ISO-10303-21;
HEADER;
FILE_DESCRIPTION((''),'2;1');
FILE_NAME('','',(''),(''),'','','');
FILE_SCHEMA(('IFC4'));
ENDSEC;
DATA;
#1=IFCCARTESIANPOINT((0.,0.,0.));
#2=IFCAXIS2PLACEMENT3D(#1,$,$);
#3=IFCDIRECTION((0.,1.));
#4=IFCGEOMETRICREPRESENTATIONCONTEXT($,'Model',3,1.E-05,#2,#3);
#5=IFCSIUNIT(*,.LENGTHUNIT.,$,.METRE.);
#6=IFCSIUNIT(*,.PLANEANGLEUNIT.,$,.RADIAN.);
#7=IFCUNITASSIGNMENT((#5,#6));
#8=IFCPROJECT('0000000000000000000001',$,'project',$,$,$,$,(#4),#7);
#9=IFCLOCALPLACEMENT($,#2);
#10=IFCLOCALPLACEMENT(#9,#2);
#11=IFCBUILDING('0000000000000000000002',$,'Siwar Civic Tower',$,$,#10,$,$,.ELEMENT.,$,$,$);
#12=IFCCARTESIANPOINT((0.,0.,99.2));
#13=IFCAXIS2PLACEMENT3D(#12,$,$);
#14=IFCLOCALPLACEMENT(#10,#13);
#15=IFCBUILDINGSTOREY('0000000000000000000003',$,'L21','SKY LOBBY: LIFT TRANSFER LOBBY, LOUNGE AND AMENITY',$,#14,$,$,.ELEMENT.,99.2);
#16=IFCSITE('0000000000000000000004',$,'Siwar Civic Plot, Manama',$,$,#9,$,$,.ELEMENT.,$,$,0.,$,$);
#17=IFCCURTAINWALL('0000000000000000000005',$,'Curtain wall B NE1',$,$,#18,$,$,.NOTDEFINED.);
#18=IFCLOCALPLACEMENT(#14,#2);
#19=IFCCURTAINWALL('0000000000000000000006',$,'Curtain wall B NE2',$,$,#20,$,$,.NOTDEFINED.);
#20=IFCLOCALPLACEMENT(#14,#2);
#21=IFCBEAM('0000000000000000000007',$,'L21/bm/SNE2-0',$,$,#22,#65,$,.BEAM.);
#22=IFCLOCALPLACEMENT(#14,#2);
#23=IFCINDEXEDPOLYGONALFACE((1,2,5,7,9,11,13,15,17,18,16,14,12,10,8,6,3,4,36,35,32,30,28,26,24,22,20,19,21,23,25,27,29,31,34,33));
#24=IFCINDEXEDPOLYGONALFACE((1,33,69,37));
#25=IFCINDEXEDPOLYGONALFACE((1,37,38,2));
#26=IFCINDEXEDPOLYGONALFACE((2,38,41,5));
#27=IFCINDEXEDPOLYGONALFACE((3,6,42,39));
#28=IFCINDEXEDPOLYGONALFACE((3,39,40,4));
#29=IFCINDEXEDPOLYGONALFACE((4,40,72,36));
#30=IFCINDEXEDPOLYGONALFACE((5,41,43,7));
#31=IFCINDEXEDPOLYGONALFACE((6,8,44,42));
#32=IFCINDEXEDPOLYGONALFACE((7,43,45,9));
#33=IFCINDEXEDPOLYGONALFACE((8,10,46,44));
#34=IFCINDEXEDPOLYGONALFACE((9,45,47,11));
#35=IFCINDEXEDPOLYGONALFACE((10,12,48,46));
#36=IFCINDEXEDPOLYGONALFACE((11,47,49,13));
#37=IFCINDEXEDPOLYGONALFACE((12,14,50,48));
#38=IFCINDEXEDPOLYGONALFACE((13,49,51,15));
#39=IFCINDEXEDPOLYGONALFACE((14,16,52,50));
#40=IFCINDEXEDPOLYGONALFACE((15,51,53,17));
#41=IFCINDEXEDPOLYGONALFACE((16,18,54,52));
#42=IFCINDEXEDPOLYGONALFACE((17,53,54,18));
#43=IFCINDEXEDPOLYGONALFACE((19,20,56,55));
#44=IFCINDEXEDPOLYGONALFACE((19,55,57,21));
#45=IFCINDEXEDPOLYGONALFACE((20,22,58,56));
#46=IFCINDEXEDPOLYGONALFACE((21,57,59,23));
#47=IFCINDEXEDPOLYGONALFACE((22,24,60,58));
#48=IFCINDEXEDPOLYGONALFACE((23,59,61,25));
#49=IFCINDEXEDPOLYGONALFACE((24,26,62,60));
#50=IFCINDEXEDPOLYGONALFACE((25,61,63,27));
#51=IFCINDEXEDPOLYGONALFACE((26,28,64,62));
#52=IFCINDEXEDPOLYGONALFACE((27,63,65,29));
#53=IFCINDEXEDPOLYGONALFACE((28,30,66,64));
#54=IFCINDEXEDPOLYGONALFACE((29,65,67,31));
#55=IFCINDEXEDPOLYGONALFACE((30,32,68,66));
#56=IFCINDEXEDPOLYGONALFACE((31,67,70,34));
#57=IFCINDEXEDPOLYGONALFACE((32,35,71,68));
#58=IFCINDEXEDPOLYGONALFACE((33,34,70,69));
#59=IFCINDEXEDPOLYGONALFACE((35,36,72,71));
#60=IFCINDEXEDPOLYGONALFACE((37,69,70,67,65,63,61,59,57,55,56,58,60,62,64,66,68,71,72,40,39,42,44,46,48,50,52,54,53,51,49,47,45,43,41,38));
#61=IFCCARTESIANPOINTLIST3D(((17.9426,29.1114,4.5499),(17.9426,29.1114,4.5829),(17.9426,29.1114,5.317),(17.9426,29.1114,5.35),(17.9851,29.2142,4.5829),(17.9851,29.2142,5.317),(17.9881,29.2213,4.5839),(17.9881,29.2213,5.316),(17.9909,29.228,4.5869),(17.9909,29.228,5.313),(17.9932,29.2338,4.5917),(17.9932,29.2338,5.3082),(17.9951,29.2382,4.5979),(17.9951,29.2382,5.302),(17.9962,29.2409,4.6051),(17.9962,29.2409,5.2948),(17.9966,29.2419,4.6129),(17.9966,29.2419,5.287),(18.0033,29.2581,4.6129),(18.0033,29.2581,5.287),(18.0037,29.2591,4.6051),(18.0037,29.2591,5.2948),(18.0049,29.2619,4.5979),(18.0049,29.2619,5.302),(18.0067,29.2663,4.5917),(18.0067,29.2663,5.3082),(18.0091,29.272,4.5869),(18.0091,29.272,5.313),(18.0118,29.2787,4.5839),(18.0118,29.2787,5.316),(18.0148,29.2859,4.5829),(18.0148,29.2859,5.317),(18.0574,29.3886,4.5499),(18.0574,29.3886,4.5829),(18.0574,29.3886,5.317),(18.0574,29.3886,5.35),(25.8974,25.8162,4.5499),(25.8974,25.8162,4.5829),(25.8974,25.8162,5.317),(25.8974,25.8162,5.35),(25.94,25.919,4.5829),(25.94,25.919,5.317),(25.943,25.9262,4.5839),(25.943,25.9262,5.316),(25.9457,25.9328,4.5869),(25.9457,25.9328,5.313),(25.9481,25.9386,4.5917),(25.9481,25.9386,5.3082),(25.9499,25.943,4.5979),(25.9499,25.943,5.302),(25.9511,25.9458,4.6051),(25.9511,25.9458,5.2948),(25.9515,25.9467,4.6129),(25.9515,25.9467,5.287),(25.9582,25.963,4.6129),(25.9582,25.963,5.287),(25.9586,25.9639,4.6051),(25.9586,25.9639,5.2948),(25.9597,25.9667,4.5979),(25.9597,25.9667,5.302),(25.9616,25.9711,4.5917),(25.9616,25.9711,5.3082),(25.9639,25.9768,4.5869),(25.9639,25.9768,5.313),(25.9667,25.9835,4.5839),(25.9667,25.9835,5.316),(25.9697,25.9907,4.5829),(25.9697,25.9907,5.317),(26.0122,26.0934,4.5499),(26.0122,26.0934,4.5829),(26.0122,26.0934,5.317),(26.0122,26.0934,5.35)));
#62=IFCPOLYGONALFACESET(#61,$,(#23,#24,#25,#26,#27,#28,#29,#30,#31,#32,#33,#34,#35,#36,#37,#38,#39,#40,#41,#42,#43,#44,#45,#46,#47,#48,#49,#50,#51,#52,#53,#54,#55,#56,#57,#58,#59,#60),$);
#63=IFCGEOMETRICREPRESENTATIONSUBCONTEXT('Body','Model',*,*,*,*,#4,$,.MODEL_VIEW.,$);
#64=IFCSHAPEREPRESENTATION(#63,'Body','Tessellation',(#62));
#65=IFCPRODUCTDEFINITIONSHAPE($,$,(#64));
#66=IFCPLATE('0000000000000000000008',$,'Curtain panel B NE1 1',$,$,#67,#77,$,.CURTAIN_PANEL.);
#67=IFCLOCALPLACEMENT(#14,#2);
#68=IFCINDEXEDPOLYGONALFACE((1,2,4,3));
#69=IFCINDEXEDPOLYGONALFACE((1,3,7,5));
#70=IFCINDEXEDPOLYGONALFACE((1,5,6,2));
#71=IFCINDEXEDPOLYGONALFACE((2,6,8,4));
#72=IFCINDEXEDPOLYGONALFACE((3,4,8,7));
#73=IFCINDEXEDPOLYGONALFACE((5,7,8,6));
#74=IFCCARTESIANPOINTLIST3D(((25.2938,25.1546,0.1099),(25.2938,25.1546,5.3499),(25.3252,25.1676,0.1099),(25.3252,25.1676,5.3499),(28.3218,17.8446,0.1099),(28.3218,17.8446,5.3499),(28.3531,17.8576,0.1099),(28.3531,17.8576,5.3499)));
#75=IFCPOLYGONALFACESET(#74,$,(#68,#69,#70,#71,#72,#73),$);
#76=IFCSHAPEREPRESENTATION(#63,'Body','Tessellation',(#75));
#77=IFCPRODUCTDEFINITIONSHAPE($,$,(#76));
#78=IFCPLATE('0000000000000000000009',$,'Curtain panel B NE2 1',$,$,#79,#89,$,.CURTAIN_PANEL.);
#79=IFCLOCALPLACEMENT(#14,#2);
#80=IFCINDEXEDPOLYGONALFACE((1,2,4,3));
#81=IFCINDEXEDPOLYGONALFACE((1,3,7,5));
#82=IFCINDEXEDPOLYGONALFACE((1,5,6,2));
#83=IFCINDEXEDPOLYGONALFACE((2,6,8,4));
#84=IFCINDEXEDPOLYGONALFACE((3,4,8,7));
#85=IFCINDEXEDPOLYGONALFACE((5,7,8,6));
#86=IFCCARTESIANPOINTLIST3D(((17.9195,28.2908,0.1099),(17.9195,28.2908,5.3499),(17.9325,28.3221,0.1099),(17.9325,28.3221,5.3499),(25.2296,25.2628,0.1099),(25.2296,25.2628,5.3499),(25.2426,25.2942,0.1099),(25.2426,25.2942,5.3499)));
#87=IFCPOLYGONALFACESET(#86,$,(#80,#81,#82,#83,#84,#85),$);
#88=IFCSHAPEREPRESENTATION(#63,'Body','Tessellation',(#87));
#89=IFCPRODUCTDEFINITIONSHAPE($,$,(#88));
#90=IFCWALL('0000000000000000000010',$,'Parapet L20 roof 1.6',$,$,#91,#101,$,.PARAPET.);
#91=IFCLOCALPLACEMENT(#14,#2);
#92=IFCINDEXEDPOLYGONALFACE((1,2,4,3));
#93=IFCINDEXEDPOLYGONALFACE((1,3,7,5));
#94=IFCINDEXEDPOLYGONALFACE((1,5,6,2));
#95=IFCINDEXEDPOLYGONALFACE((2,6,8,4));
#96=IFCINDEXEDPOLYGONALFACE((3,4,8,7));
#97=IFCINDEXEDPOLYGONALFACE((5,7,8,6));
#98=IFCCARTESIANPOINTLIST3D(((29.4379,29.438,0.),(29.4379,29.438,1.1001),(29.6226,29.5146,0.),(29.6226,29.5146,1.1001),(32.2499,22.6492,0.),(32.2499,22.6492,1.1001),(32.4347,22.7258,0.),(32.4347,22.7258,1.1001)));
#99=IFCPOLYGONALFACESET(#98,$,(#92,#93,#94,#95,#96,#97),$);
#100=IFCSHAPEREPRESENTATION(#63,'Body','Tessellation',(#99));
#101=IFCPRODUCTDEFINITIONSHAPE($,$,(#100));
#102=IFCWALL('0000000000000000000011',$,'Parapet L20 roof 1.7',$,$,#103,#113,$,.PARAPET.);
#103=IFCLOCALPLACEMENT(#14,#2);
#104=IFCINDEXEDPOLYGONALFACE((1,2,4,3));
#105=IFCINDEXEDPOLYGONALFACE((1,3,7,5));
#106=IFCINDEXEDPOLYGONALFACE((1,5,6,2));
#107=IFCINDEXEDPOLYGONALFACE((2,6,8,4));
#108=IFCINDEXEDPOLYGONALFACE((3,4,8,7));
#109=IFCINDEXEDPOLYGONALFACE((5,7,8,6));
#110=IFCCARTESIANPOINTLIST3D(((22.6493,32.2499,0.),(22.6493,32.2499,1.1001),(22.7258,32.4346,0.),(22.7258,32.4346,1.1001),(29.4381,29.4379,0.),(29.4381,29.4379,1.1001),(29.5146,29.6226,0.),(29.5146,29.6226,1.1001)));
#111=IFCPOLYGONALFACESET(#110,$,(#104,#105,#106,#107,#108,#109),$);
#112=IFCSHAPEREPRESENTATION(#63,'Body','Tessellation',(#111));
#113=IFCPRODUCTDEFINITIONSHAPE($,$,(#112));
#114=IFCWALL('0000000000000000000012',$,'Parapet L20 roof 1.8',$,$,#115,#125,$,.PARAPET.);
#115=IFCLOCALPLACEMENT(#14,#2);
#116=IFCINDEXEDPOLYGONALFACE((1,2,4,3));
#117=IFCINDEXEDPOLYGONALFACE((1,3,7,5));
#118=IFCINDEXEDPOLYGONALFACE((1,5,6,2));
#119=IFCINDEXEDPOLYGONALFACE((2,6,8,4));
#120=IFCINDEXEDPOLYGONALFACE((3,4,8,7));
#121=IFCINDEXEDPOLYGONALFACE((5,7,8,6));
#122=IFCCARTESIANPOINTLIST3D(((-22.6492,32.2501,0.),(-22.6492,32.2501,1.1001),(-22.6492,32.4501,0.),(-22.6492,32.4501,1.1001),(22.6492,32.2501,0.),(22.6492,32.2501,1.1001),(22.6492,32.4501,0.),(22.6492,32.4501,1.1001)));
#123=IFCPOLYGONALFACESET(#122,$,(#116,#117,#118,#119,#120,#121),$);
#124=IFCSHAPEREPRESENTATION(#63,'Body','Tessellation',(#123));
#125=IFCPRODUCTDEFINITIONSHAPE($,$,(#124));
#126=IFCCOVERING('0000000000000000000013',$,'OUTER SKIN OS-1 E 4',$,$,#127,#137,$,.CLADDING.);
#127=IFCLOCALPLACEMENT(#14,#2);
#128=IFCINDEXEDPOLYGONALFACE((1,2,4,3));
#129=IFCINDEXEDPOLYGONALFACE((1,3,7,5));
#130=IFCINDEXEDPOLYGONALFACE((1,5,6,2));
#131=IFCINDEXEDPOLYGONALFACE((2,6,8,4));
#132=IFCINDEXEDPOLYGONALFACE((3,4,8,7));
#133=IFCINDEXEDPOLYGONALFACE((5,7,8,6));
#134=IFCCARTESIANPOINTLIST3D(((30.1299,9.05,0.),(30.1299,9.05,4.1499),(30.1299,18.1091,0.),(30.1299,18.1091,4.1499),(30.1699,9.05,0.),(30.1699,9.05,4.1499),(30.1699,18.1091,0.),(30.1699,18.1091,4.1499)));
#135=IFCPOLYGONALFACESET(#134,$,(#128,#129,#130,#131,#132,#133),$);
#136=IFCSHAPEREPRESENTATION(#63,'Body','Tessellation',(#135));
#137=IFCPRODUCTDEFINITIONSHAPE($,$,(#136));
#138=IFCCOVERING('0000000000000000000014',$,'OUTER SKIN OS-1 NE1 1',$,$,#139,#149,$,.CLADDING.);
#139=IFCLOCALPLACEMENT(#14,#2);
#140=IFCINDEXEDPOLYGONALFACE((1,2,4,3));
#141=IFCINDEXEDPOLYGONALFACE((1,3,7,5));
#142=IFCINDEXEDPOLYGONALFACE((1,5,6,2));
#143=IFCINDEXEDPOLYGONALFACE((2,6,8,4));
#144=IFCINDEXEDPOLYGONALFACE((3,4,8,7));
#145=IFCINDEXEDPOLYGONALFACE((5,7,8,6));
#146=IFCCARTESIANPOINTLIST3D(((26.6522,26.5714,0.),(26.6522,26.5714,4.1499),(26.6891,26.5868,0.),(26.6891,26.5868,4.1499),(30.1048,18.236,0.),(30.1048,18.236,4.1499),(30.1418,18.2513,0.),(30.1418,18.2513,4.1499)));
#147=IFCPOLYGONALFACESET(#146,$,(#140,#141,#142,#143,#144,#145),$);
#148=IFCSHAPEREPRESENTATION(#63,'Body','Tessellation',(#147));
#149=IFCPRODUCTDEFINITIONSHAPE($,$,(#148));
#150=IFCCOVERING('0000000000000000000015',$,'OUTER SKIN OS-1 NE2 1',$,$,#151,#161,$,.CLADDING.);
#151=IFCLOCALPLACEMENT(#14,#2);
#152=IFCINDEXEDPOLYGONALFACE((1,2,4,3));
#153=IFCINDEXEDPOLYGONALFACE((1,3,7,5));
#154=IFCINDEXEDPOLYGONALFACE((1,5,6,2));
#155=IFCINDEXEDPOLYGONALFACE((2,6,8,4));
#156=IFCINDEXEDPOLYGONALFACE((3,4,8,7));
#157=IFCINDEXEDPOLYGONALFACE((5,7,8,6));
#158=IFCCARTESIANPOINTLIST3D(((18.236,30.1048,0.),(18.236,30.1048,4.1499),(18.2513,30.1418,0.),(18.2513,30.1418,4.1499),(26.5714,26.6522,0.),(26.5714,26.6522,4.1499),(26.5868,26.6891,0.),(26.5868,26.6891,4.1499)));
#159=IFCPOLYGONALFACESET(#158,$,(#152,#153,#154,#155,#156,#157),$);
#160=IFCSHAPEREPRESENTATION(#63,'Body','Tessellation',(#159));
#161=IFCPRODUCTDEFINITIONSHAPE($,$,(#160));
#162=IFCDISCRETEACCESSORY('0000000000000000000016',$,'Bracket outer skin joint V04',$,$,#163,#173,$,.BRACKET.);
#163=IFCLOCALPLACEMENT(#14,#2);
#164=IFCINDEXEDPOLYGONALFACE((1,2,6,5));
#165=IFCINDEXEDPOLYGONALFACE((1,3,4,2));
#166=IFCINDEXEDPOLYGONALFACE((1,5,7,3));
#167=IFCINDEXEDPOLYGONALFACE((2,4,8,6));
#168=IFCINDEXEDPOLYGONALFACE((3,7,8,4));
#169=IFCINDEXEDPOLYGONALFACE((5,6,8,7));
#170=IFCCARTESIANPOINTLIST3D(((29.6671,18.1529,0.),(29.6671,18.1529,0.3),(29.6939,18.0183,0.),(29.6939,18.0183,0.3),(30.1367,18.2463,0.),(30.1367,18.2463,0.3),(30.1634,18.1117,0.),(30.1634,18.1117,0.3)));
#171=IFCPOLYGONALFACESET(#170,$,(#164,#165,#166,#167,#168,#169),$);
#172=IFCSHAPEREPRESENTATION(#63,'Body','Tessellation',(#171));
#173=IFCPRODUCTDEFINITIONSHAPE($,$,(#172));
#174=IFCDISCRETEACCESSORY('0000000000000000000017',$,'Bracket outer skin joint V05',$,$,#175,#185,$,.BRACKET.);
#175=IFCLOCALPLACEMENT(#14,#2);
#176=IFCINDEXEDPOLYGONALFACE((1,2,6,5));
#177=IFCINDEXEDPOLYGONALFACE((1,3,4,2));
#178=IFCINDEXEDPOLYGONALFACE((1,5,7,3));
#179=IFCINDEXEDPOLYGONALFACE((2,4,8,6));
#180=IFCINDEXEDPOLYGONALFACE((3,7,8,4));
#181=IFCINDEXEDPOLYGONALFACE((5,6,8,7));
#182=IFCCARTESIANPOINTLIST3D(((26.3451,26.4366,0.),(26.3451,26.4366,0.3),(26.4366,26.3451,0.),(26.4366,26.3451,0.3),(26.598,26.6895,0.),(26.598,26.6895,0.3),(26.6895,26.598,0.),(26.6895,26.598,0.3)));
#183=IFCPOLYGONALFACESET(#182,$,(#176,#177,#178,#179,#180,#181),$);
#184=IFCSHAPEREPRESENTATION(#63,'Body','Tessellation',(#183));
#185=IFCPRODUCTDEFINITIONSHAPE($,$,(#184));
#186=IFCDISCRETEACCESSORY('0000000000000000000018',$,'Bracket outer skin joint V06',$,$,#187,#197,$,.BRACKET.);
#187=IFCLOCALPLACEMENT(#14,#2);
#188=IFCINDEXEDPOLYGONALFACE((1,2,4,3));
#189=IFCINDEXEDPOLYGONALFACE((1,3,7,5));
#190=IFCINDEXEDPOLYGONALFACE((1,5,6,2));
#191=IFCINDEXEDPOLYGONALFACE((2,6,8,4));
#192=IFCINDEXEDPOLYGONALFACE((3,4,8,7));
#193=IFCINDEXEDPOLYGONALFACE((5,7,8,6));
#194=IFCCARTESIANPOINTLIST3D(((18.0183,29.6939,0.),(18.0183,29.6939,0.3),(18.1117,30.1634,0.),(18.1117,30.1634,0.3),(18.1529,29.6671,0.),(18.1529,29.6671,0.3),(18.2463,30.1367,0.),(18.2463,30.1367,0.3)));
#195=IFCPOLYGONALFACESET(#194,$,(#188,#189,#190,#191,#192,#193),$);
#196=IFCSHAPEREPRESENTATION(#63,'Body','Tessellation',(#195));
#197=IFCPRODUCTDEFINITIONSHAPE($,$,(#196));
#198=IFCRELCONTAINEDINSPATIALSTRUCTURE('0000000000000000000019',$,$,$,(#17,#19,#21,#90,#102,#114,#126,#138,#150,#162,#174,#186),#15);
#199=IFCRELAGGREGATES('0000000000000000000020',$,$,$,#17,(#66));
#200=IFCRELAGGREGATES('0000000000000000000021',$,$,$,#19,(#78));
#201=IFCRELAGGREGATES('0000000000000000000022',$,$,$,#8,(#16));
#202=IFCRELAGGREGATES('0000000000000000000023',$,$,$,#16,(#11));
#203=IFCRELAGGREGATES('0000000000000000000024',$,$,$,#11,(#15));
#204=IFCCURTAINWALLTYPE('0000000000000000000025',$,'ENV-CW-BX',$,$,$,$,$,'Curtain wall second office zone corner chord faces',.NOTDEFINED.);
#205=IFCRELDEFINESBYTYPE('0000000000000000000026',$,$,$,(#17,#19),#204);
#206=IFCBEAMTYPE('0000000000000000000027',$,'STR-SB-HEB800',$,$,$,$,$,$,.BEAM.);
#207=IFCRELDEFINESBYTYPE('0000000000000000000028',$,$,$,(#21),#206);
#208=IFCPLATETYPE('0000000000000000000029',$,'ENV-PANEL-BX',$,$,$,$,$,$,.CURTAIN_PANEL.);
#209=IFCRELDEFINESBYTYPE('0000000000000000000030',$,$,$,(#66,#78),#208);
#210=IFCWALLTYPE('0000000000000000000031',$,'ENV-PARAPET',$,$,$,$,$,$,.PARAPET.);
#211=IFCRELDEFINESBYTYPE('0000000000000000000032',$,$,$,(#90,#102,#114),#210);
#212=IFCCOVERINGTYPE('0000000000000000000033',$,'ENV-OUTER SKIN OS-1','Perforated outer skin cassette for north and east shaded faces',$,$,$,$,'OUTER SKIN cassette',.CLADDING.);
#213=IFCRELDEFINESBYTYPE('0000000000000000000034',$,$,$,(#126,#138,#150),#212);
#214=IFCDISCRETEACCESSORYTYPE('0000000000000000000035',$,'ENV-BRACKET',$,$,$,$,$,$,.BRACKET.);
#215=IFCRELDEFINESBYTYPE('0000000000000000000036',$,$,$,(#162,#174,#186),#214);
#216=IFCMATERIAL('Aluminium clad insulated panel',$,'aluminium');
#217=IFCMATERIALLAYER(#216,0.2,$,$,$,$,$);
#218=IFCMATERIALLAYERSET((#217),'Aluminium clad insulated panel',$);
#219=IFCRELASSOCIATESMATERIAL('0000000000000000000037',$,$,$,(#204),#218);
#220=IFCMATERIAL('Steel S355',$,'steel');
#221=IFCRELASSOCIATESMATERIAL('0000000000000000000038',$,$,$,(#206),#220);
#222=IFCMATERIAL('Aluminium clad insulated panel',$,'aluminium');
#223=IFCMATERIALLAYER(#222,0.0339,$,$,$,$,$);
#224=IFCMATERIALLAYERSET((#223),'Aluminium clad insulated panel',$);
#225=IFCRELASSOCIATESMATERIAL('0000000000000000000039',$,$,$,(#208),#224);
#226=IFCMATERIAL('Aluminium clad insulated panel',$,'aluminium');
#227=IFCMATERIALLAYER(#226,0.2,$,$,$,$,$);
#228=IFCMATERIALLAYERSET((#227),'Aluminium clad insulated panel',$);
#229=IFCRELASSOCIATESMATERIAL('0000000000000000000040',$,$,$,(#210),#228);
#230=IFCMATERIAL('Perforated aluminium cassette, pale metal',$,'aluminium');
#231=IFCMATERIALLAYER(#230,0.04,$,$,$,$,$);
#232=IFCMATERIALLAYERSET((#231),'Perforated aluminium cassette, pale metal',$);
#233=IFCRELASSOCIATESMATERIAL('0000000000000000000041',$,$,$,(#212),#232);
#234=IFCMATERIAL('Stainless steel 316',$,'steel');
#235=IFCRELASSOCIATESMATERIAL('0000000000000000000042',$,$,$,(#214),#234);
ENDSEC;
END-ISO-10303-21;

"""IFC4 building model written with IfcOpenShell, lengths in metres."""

from ifc_helpers import new_model, si_unit, direction, frame, frame_2d, origin, origin_2d, place, context, subcontext, project, spatial, rectangle, i_section, extrude, material, layer, layer_set, material_profile, profile_set, type_object, element, aggregate, save


model = new_model("IFC4")

# Units and contexts
model_context = context("Model", 3, precision=1e-05, world=origin(), true_north=direction((0.0, 1.0)))
body_context = subcontext(model_context, "Body", "Model", "MODEL_VIEW")
ifc_project = project(units=[si_unit("LENGTHUNIT", "METRE"), si_unit("PLANEANGLEUNIT", "RADIAN")], contexts=[model_context])

# Site, building, storey
site_placement = place(None, origin())
site = spatial("IfcSite", under=ifc_project, at=site_placement, Name="Siwar Civic Plot, Manama", CompositionType="ELEMENT", RefElevation=0.0)
building_placement = place(site_placement, origin())
building = spatial("IfcBuilding", under=site, at=building_placement, Name="Siwar Civic Tower", CompositionType="ELEMENT")
storey_placement = place(building_placement, frame((0.0, 0.0, 99.2)))
storey = spatial("IfcBuildingStorey", under=building, at=storey_placement, Name="L21", Description="SKY LOBBY: LIFT TRANSFER LOBBY, LOUNGE AND AMENITY", CompositionType="ELEMENT", Elevation=99.2)

# Curtain walls
ifc_material_1 = material(Name="Aluminium clad insulated panel", Category="aluminium")
ifc_layer_1 = layer(ifc_material_1, 0.2)
ifc_layer_set_1 = layer_set([ifc_layer_1], Name="Aluminium clad insulated panel")
curtain_wall_type = type_object("IfcCurtainWallType", Name="ENV-CW-BX", ElementType="Curtain wall second office zone corner chord faces", PredefinedType="NOTDEFINED", material=ifc_layer_set_1)
curtain_wall_1_placement = place(storey_placement, origin())
curtain_wall_1 = element("IfcCurtainWall", 1, at=curtain_wall_1_placement, inside=storey, type_object=curtain_wall_type, Name="Curtain wall B NE1", PredefinedType="NOTDEFINED")
curtain_wall_2_placement = place(storey_placement, origin())
curtain_wall_2 = element("IfcCurtainWall", 2, at=curtain_wall_2_placement, inside=storey, type_object=curtain_wall_type, Name="Curtain wall B NE2", PredefinedType="NOTDEFINED")

# Beam
ifc_material_2 = material(Name="Steel S355", Category="steel")
ifc_material_profile_1 = material_profile(ifc_material_2, i_section(OverallWidth=0.3, OverallDepth=0.8, WebThickness=0.0176, FlangeThickness=0.033, FilletRadius=0.03, at=origin_2d()), Name="HEB800")
ifc_profile_set_1 = profile_set([ifc_material_profile_1], Name="Steel S355")
beam_type_1 = type_object("IfcBeamType", Name="STR-SB-HEB800", PredefinedType="BEAM", material=ifc_profile_set_1)
for number, where, z_axis, x_axis, name in (
    (3, (25.9548, 25.9548, 4.95), (-0.923873, 0.3827, 0.0), (-0.3827, -0.923873, 0.0), "L21/bm/SNE2-0"),
):
    element("IfcBeam", number, at=place(storey_placement, frame(where, z_axis=z_axis, x_axis=x_axis)), inside=storey, type_object=beam_type_1, Name=name, PredefinedType="BEAM", context=body_context, shape_type="SweptSolid", body=[
        extrude(i_section(OverallWidth=0.3, OverallDepth=0.8, WebThickness=0.0176, FlangeThickness=0.033, FilletRadius=0.03, at=origin_2d()), origin(), (0.0, 0.0, 1.0), 8.6104),
    ])

# Plates
ifc_material_3 = material(Name="Aluminium clad insulated panel", Category="aluminium")
ifc_layer_2 = layer(ifc_material_3, 0.0339)
ifc_layer_set_2 = layer_set([ifc_layer_2], Name="Aluminium clad insulated panel")
plate_type = type_object("IfcPlateType", Name="ENV-PANEL-BX", PredefinedType="CURTAIN_PANEL", material=ifc_layer_set_2)
plate_1_placement = place(storey_placement, frame((26.8235, 21.5061, 0.1099), z_axis=(0.0, 0.0, 1.0), x_axis=(-0.382683, 0.92388, 0.0)))
plate_1 = element("IfcPlate", 4, at=plate_1_placement, type_object=plate_type, Name="Curtain panel B NE1 1", PredefinedType="CURTAIN_PANEL", context=body_context, shape_type="SweptSolid", body=[
    extrude(rectangle(XDim=7.9124, YDim=0.0339, at=origin_2d()), origin(), (0.0, 0.0, 1.0), 5.24),
])
aggregate(curtain_wall_1, [plate_1])
plate_2_placement = place(storey_placement, frame((21.5811, 26.7925, 0.1099), z_axis=(0.0, 0.0, 1.0), x_axis=(-0.92388, 0.382683, 0.0)))
plate_2 = element("IfcPlate", 5, at=plate_2_placement, type_object=plate_type, Name="Curtain panel B NE2 1", PredefinedType="CURTAIN_PANEL", context=body_context, shape_type="SweptSolid", body=[
    extrude(rectangle(XDim=7.9124, YDim=0.0339, at=origin_2d()), origin(), (0.0, 0.0, 1.0), 5.24),
])
aggregate(curtain_wall_2, [plate_2])

# Walls
ifc_material_4 = material(Name="Aluminium clad insulated panel", Category="aluminium")
ifc_layer_3 = layer(ifc_material_4, 0.2)
ifc_layer_set_3 = layer_set([ifc_layer_3], Name="Aluminium clad insulated panel")
wall_type = type_object("IfcWallType", Name="ENV-PARAPET", PredefinedType="PARAPET", material=ifc_layer_set_3)
for number, where, z_axis, x_axis, name in (
    (6, (32.3423, 22.6875, 0.0), (0.0, 0.0, 1.0), (-0.382682, 0.92388, 0.0), "Parapet L20 roof 1.6"),
    (7, (29.4763, 29.5303, 0.0), (0.0, 0.0, 1.0), (-0.92388, 0.382682, 0.0), "Parapet L20 roof 1.7"),
):
    element("IfcWall", number, at=place(storey_placement, frame(where, z_axis=z_axis, x_axis=x_axis)), inside=storey, type_object=wall_type, Name=name, PredefinedType="PARAPET", context=body_context, shape_type="SweptSolid", body=[
        extrude(rectangle(XDim=7.3481, YDim=0.2, at=frame_2d((3.6741, 0.0))), origin(), (0.0, 0.0, 1.0), 1.1001),
    ])
wall_placement = place(storey_placement, frame((22.6492, 32.3501, 0.0), z_axis=(0.0, 0.0, 1.0), x_axis=(-1.0, 0.0, 0.0)))
element("IfcWall", 8, at=wall_placement, inside=storey, type_object=wall_type, Name="Parapet L20 roof 1.8", PredefinedType="PARAPET", context=body_context, shape_type="SweptSolid", body=[
    extrude(rectangle(XDim=45.2983, YDim=0.2, at=frame_2d((22.6492, 0.0))), origin(), (0.0, 0.0, 1.0), 1.1001),
])

# Coverings
ifc_material_5 = material(Name="Perforated aluminium cassette, pale metal", Category="aluminium")
ifc_layer_4 = layer(ifc_material_5, 0.04)
ifc_layer_set_4 = layer_set([ifc_layer_4], Name="Perforated aluminium cassette, pale metal")
covering_type = type_object("IfcCoveringType", Name="ENV-OUTER SKIN OS-1", Description="Perforated outer skin cassette for north and east shaded faces", ElementType="OUTER SKIN cassette", PredefinedType="CLADDING", material=ifc_layer_set_4)
covering_placement = place(storey_placement, frame((30.1499, 13.5796, 0.0), z_axis=(0.0, 0.0, 1.0), x_axis=(0.0, 1.0, 0.0)))
element("IfcCovering", 9, at=covering_placement, inside=storey, type_object=covering_type, Name="OUTER SKIN OS-1 E 4", PredefinedType="CLADDING", context=body_context, shape_type="SweptSolid", body=[
    extrude(rectangle(XDim=9.0591, YDim=0.04, at=origin_2d()), origin(), (0.0, 0.0, 1.0), 4.1499),
])
for number, where, z_axis, x_axis, name in (
    (10, (28.397, 22.4114, 0.0), (0.0, 0.0, 1.0), (-0.382683, 0.92388, 0.0), "OUTER SKIN OS-1 NE1 1"),
    (11, (22.4114, 28.397, 0.0), (0.0, 0.0, 1.0), (-0.92388, 0.382683, 0.0), "OUTER SKIN OS-1 NE2 1"),
):
    element("IfcCovering", number, at=place(storey_placement, frame(where, z_axis=z_axis, x_axis=x_axis)), inside=storey, type_object=covering_type, Name=name, PredefinedType="CLADDING", context=body_context, shape_type="SweptSolid", body=[
        extrude(rectangle(XDim=9.0222, YDim=0.04, at=origin_2d()), origin(), (0.0, 0.0, 1.0), 4.1499),
    ])

# Discrete accessories
ifc_material_6 = material(Name="Stainless steel 316", Category="steel")
discrete_accessory_type = type_object("IfcDiscreteAccessoryType", Name="ENV-BRACKET", PredefinedType="BRACKET", material=ifc_material_6)
discrete_accessory_1_placement = place(storey_placement, frame((29.9153, 18.1323, 0.0), z_axis=(0.0, 0.0, 1.0), x_axis=(0.980785, 0.19509, 0.0)))
element("IfcDiscreteAccessory", 12, at=discrete_accessory_1_placement, inside=storey, type_object=discrete_accessory_type, Name="Bracket outer skin joint V04", PredefinedType="BRACKET", context=body_context, shape_type="SweptSolid", body=[
    extrude(rectangle(XDim=0.4788, YDim=0.1372, at=origin_2d()), origin(), (0.0, 0.0, 1.0), 0.3),
])
discrete_accessory_2_placement = place(storey_placement, frame((26.5173, 26.5173, 0.0), z_axis=(0.0, 0.0, 1.0), x_axis=(0.707107, 0.707107, 0.0)))
element("IfcDiscreteAccessory", 13, at=discrete_accessory_2_placement, inside=storey, type_object=discrete_accessory_type, Name="Bracket outer skin joint V05", PredefinedType="BRACKET", context=body_context, shape_type="SweptSolid", body=[
    extrude(rectangle(XDim=0.3577, YDim=0.1294, at=origin_2d()), origin(), (0.0, 0.0, 1.0), 0.3),
])
discrete_accessory_3_placement = place(storey_placement, frame((18.1323, 29.9153, 0.0), z_axis=(0.0, 0.0, 1.0), x_axis=(0.19509, 0.980785, 0.0)))
element("IfcDiscreteAccessory", 14, at=discrete_accessory_3_placement, inside=storey, type_object=discrete_accessory_type, Name="Bracket outer skin joint V06", PredefinedType="BRACKET", context=body_context, shape_type="SweptSolid", body=[
    extrude(rectangle(XDim=0.4788, YDim=0.1372, at=origin_2d()), origin(), (0.0, 0.0, 1.0), 0.3),
])

save(model, "model.ifc")
